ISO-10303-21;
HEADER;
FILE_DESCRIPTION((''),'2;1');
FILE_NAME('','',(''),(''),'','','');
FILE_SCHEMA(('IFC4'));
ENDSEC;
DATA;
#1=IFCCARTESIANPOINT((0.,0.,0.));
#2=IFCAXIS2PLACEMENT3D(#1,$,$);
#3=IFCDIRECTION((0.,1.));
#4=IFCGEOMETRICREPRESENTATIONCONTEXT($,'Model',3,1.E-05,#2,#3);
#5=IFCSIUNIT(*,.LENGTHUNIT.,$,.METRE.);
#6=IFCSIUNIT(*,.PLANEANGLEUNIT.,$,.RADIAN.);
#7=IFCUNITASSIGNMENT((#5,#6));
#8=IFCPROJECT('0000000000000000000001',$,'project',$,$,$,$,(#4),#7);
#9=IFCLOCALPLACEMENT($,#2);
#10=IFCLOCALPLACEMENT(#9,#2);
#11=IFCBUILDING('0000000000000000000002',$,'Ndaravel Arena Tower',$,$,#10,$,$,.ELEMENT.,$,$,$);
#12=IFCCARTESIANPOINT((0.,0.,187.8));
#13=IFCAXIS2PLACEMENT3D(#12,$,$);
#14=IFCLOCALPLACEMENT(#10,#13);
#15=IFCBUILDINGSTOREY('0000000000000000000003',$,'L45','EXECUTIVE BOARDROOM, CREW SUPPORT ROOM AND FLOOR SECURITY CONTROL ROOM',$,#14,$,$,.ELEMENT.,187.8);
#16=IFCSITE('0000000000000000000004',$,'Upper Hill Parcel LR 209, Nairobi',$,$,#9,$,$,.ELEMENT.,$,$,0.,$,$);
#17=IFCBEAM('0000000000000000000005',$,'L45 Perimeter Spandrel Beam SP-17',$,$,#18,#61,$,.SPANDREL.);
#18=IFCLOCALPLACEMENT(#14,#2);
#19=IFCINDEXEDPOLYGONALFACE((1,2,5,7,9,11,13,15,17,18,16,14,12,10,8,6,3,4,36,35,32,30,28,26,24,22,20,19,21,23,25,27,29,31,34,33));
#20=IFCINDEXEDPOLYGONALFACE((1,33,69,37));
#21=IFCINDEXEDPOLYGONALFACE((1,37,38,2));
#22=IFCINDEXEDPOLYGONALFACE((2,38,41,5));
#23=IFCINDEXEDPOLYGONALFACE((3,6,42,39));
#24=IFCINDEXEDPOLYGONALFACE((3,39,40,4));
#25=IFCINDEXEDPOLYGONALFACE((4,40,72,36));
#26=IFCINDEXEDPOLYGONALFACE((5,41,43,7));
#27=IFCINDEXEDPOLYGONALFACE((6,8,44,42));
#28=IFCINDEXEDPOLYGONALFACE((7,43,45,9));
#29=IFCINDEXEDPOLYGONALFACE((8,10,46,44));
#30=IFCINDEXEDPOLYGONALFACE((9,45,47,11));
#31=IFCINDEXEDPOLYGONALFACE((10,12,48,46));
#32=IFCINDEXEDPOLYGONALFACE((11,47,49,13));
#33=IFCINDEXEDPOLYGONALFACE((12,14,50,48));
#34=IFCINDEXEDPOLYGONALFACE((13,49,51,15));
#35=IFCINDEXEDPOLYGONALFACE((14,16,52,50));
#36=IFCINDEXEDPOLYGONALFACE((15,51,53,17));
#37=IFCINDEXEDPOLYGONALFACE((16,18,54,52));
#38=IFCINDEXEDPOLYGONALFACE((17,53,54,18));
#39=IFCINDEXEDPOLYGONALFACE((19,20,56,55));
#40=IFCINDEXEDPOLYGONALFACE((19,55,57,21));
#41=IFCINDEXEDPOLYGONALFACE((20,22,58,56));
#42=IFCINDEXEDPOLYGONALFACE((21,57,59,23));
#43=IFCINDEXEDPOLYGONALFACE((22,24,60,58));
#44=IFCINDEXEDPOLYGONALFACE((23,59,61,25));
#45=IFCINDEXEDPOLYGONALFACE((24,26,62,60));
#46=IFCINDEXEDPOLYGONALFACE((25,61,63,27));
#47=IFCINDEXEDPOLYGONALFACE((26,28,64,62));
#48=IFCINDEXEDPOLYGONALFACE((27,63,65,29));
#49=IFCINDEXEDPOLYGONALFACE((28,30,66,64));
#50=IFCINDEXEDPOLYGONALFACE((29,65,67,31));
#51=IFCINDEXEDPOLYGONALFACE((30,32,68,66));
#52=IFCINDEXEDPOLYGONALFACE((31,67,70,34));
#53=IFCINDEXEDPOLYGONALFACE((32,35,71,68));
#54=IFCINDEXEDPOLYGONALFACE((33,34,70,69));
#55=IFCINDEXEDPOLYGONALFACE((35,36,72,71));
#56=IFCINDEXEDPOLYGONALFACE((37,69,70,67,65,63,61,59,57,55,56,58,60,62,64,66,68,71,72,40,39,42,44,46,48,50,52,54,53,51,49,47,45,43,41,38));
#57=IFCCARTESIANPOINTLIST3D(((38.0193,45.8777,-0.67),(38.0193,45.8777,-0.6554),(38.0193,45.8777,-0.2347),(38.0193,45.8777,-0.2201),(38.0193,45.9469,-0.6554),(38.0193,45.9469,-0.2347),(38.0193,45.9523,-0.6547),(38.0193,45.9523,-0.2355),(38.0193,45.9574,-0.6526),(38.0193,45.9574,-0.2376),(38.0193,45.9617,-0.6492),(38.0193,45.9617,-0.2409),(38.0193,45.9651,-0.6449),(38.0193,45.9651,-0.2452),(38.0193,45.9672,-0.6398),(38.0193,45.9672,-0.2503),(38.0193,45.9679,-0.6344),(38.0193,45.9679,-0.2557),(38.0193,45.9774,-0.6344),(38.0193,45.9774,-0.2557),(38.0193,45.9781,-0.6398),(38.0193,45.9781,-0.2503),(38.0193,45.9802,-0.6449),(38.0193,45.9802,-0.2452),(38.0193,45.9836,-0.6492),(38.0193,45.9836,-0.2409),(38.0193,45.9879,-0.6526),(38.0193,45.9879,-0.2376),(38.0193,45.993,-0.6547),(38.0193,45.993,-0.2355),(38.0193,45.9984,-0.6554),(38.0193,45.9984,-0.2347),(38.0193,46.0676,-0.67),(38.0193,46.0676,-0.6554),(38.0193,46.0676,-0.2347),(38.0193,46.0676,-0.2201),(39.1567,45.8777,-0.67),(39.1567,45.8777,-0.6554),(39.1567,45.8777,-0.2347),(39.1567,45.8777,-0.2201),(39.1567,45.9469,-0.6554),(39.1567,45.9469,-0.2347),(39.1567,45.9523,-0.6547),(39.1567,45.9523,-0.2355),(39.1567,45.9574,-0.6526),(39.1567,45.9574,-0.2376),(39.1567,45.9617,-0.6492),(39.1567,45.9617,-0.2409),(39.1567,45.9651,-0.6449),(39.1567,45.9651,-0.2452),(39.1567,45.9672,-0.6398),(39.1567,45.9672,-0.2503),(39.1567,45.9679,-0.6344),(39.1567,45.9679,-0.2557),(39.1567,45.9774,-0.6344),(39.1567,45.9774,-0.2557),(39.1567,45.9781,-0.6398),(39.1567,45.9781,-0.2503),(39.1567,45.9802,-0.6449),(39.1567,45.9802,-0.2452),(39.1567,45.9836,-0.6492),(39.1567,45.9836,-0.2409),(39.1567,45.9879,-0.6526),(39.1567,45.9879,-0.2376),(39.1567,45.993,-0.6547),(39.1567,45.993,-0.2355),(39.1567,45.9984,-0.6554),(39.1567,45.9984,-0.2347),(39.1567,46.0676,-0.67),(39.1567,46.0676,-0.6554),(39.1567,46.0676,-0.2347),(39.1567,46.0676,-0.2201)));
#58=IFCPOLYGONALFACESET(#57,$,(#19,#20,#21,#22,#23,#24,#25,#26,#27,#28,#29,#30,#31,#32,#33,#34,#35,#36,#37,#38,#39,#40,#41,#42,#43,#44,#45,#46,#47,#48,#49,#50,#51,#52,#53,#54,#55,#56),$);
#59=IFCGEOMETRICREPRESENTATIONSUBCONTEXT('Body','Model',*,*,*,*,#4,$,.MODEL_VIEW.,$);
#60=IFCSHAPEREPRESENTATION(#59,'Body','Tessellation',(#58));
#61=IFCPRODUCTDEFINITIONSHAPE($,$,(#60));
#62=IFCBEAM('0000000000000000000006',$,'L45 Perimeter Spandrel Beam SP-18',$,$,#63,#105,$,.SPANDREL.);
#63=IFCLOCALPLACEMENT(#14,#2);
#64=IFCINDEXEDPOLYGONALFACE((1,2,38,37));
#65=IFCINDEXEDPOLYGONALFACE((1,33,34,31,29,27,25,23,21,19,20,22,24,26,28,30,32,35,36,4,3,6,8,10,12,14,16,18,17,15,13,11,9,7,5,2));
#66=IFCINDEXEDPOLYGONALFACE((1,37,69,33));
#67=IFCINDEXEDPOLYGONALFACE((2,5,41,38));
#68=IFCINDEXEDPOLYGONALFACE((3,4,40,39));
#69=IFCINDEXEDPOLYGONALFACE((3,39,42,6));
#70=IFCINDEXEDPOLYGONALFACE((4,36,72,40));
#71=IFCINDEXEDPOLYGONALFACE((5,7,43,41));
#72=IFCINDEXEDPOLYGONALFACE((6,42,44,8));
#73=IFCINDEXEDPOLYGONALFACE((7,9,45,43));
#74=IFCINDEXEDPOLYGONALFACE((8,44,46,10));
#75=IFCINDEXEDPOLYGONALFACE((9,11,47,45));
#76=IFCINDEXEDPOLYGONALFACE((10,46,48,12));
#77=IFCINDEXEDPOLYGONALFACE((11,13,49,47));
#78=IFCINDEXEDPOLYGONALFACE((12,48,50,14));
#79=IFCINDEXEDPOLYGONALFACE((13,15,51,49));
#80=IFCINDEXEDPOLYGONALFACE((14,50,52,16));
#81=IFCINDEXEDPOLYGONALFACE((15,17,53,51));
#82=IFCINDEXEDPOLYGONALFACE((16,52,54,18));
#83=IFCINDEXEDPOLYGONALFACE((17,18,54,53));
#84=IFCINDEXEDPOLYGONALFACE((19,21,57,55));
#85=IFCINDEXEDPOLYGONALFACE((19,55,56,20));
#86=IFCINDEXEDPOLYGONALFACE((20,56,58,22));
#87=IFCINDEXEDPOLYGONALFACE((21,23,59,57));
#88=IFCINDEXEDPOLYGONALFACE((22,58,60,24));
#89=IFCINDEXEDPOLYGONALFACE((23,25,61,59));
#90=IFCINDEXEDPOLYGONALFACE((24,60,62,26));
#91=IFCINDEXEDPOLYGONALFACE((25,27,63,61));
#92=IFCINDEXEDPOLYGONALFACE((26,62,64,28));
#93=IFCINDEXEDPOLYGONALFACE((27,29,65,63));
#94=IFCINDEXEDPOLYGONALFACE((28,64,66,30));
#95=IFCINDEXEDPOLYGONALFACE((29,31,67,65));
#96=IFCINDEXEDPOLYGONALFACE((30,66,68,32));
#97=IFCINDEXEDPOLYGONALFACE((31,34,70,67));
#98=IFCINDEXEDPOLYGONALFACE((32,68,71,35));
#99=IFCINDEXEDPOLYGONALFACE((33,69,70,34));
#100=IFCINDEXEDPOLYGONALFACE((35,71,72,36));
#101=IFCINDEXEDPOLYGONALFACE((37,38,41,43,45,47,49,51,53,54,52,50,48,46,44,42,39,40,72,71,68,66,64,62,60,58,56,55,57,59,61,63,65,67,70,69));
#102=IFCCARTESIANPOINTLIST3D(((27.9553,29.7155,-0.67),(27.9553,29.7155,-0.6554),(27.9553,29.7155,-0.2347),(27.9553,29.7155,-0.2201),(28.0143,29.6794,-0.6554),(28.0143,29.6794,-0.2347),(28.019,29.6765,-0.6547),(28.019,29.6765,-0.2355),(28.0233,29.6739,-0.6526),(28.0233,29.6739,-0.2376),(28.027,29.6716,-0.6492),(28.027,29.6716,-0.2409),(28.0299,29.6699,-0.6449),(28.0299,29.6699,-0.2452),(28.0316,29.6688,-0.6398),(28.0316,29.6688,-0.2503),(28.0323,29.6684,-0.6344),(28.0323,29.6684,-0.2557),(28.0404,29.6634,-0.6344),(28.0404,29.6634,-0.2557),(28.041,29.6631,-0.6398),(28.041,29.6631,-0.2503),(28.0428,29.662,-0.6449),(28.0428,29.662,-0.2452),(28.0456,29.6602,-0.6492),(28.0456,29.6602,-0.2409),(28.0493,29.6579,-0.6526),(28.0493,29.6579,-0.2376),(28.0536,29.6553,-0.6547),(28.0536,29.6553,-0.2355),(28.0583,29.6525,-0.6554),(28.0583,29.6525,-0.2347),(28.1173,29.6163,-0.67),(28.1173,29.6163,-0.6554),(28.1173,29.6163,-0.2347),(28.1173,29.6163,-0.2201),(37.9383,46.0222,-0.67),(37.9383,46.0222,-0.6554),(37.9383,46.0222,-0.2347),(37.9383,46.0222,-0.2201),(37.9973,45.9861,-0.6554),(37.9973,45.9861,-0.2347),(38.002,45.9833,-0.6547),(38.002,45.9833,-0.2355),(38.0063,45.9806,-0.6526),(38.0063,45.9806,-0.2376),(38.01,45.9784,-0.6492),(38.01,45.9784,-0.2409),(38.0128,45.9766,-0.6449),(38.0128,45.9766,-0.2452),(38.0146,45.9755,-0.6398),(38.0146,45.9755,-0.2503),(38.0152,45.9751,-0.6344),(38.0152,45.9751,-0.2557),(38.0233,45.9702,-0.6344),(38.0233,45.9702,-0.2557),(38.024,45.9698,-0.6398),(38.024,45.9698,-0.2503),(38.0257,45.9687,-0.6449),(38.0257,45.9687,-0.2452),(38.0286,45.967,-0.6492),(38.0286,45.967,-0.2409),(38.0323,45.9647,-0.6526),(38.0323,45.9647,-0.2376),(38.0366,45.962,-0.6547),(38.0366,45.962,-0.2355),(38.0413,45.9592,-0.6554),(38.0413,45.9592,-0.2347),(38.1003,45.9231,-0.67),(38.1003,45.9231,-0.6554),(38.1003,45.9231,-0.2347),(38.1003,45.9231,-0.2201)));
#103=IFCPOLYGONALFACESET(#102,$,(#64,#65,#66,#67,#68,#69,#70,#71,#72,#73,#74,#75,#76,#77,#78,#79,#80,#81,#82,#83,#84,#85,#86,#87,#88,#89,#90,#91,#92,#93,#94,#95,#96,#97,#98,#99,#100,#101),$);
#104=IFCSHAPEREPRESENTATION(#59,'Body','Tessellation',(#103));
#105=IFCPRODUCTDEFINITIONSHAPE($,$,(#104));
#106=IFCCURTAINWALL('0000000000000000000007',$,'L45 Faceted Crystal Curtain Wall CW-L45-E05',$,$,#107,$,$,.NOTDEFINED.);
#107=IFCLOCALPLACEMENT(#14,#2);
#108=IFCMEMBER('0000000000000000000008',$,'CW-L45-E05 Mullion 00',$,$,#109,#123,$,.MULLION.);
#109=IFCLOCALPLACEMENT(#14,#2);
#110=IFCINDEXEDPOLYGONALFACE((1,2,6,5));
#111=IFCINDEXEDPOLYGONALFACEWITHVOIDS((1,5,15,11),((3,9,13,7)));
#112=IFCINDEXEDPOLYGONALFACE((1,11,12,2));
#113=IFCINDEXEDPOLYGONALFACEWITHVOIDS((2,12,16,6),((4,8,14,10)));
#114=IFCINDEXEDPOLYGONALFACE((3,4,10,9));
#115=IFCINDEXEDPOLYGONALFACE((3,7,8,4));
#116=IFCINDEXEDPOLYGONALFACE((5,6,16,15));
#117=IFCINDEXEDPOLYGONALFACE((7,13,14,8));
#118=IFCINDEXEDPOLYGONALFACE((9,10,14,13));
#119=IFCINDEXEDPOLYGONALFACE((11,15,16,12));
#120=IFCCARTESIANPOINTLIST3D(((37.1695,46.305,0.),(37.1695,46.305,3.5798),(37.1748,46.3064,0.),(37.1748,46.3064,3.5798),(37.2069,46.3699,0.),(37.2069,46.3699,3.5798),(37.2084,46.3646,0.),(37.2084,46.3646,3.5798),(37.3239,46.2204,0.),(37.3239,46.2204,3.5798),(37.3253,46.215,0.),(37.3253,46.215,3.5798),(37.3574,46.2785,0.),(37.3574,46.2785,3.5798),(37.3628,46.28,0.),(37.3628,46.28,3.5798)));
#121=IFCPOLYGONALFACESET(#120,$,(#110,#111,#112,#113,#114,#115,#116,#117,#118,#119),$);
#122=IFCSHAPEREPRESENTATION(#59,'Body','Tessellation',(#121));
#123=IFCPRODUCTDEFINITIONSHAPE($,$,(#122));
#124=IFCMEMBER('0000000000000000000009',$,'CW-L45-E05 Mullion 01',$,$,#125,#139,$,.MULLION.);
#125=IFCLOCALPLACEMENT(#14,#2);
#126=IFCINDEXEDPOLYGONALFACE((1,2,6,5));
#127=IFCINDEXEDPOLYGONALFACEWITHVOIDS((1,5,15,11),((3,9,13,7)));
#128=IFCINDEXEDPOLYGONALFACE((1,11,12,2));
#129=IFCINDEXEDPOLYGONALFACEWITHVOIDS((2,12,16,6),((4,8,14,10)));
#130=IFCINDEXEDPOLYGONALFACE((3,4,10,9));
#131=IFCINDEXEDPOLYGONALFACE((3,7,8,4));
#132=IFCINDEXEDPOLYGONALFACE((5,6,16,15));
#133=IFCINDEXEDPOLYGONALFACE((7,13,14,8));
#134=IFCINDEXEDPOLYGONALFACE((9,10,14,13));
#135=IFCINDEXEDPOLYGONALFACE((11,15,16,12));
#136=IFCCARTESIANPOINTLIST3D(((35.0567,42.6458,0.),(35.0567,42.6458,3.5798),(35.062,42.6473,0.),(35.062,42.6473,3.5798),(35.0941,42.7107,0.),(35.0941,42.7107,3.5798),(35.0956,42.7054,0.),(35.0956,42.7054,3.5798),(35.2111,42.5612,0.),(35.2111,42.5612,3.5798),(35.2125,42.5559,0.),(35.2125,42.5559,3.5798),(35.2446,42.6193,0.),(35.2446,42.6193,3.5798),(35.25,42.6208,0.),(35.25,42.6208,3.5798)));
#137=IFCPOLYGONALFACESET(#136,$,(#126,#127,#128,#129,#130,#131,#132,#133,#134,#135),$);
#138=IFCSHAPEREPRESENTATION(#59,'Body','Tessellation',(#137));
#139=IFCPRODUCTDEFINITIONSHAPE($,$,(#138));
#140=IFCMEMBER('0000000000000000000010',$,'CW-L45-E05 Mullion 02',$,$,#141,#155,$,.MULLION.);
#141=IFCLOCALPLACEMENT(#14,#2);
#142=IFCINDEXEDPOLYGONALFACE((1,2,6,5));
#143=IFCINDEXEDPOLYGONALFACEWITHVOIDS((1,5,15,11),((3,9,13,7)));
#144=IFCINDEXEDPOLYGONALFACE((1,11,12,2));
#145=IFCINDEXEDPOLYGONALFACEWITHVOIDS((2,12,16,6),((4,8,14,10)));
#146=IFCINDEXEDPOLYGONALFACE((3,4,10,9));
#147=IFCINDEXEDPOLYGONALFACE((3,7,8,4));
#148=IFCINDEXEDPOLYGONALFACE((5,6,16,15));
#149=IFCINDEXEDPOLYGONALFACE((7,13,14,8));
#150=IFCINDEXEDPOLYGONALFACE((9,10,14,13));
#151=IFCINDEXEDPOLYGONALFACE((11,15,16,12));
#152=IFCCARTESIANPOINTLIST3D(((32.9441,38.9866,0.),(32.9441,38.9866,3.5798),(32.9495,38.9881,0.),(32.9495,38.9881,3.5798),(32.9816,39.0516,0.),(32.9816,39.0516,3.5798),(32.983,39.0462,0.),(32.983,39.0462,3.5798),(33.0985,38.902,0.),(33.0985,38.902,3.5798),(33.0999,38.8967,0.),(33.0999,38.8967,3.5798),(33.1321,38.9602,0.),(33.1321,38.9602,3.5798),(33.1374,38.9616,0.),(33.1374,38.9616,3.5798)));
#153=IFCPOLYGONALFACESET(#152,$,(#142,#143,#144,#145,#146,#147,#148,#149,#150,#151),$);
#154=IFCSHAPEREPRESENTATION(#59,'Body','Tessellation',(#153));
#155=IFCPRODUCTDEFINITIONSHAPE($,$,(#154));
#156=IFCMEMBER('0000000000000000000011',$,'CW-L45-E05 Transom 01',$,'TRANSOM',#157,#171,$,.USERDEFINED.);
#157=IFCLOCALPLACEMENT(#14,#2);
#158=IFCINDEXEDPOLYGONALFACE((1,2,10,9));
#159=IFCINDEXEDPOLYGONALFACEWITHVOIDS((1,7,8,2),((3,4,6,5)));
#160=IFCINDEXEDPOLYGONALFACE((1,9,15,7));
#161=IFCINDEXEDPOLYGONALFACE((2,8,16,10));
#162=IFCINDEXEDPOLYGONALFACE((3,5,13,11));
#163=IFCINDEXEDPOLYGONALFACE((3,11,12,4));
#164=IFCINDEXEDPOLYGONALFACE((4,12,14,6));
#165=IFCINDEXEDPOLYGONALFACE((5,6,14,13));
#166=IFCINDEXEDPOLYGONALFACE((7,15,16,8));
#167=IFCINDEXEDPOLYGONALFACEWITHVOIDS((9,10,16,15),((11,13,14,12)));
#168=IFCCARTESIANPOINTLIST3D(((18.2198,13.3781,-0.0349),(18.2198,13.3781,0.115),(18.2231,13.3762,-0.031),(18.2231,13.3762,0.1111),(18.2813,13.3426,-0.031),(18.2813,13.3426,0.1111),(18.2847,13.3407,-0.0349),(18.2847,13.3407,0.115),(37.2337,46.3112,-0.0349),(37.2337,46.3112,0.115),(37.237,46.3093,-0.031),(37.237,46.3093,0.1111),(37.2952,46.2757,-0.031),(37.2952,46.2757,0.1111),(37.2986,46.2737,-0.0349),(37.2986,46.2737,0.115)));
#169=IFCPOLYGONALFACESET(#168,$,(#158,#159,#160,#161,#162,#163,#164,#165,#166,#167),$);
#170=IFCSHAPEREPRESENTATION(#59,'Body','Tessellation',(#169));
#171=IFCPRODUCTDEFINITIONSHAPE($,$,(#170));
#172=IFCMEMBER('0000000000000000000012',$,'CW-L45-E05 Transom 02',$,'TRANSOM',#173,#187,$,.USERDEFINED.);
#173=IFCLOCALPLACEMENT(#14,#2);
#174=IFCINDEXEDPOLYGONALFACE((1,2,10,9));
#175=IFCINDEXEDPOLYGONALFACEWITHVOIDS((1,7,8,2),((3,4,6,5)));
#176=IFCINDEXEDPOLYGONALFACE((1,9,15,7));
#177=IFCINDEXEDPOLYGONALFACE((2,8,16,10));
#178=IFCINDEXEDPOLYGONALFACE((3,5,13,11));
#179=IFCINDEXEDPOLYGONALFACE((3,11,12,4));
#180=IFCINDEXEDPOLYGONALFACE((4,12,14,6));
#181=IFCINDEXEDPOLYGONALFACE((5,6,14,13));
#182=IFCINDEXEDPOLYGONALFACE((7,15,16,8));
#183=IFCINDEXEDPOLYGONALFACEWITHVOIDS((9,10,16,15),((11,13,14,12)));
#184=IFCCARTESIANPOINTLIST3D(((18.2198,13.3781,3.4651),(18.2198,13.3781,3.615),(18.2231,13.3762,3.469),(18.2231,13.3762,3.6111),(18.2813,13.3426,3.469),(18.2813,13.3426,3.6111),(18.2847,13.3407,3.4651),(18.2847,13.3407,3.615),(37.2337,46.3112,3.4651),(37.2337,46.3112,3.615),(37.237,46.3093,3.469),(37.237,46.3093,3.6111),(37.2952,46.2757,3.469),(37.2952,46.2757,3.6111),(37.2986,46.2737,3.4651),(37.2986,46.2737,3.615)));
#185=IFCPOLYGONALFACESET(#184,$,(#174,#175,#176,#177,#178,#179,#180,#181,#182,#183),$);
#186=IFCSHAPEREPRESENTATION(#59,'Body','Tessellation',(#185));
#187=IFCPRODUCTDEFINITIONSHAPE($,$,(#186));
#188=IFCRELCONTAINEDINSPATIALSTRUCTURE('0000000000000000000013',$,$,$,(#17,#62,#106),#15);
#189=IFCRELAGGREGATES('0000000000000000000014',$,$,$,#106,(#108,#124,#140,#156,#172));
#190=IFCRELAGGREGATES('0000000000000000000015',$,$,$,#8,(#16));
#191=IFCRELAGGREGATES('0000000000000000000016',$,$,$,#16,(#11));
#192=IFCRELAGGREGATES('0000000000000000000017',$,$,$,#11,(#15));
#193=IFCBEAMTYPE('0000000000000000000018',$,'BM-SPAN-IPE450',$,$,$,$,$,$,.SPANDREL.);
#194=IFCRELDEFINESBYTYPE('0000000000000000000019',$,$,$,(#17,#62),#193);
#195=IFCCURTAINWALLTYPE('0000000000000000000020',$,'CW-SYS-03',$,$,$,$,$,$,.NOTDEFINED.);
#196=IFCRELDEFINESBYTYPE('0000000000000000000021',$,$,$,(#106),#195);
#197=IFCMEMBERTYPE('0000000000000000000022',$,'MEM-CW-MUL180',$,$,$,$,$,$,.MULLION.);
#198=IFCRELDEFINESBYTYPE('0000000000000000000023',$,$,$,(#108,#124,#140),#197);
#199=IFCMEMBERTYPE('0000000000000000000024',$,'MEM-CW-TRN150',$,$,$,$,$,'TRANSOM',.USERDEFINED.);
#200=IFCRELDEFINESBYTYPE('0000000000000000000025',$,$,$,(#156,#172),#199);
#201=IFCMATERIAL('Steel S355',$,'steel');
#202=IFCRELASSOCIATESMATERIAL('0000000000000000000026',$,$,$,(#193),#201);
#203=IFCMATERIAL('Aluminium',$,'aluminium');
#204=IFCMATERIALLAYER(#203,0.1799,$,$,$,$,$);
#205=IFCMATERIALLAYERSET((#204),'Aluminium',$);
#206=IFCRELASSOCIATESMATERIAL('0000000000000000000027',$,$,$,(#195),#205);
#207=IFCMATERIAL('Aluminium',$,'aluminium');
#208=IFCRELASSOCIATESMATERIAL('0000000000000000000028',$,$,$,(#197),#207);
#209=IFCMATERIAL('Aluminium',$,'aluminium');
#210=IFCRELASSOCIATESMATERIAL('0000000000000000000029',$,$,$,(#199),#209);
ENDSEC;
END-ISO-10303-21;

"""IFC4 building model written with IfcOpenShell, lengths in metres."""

from ifc_helpers import new_model, si_unit, direction, frame, origin, origin_2d, place, context, subcontext, project, spatial, hollow_rectangle, i_section, extrude, material, layer, layer_set, material_profile, profile_set, type_object, element, aggregate, save


model = new_model("IFC4")

# Units and contexts
model_context = context("Model", 3, precision=1e-05, world=origin(), true_north=direction((0.0, 1.0)))
body_context = subcontext(model_context, "Body", "Model", "MODEL_VIEW")
ifc_project = project(units=[si_unit("LENGTHUNIT", "METRE"), si_unit("PLANEANGLEUNIT", "RADIAN")], contexts=[model_context])

# Site, building, storey
site_placement = place(None, origin())
site = spatial("IfcSite", under=ifc_project, at=site_placement, Name="Upper Hill Parcel LR 209, Nairobi", CompositionType="ELEMENT", RefElevation=0.0)
building_placement = place(site_placement, origin())
building = spatial("IfcBuilding", under=site, at=building_placement, Name="Ndaravel Arena Tower", CompositionType="ELEMENT")
storey_placement = place(building_placement, frame((0.0, 0.0, 187.8)))
storey = spatial("IfcBuildingStorey", under=building, at=storey_placement, Name="L45", Description="EXECUTIVE BOARDROOM, CREW SUPPORT ROOM AND FLOOR SECURITY CONTROL ROOM", CompositionType="ELEMENT", Elevation=187.8)

# Beams
ifc_material_1 = material(Name="Steel S355", Category="steel")
ifc_material_profile_1 = material_profile(ifc_material_1, i_section(OverallWidth=0.1899, OverallDepth=0.45, WebThickness=0.0095, FlangeThickness=0.0146, FilletRadius=0.021, at=origin_2d()), Name="IPE 450")
ifc_profile_set_1 = profile_set([ifc_material_profile_1], Name="Steel S355")
beam_type_1 = type_object("IfcBeamType", Name="BM-SPAN-IPE450", PredefinedType="SPANDREL", material=ifc_profile_set_1)
beam_1_placement = place(storey_placement, frame((39.1567, 45.9727, -0.4451), z_axis=(-1.0, 0.0, 0.0), x_axis=(0.0, -1.0, 0.0)))
element("IfcBeam", 1, at=beam_1_placement, inside=storey, type_object=beam_type_1, Name="L45 Perimeter Spandrel Beam SP-17", PredefinedType="SPANDREL", context=body_context, shape_type="SweptSolid", body=[
    extrude(i_section(OverallWidth=0.1899, OverallDepth=0.45, WebThickness=0.0095, FlangeThickness=0.0146, FilletRadius=0.021, at=origin_2d()), origin(), (0.0, 0.0, 1.0), 1.1375),
])
beam_2_placement = place(storey_placement, frame((38.0193, 45.9727, -0.4451), z_axis=(-0.522125, -0.852869, 0.0), x_axis=(0.852869, -0.522125, 0.0)))
element("IfcBeam", 2, at=beam_2_placement, inside=storey, type_object=beam_type_1, Name="L45 Perimeter Spandrel Beam SP-18", PredefinedType="SPANDREL", context=body_context, shape_type="SweptSolid", body=[
    extrude(i_section(OverallWidth=0.1899, OverallDepth=0.45, WebThickness=0.0095, FlangeThickness=0.0146, FilletRadius=0.021, at=origin_2d()), origin(), (0.0, 0.0, 1.0), 19.1199),
])

# Curtain wall, members
ifc_material_2 = material(Name="Aluminium", Category="aluminium")
ifc_layer_1 = layer(ifc_material_2, 0.1799)
ifc_layer_set_1 = layer_set([ifc_layer_1], Name="Aluminium")
curtain_wall_type_1 = type_object("IfcCurtainWallType", Name="CW-SYS-03", PredefinedType="NOTDEFINED", material=ifc_layer_set_1)
curtain_wall_1_placement = place(storey_placement, origin())
curtain_wall_1 = element("IfcCurtainWall", 3, at=curtain_wall_1_placement, inside=storey, type_object=curtain_wall_type_1, Name="L45 Faceted Crystal Curtain Wall CW-L45-E05", PredefinedType="NOTDEFINED")
ifc_material_3 = material(Name="Aluminium", Category="aluminium")
ifc_material_profile_2 = material_profile(ifc_material_3, hollow_rectangle(XDim=0.075, YDim=0.1799, WallThickness=0.0039, at=origin_2d()), Name="CW MULLION 75x180x4")
ifc_profile_set_2 = profile_set([ifc_material_profile_2], Name="Aluminium")
member_type_1 = type_object("IfcMemberType", Name="MEM-CW-MUL180", PredefinedType="MULLION", material=ifc_profile_set_2)
member_1_placement = place(storey_placement, frame((37.2661, 46.2925, 0.0), z_axis=(0.0, 0.0, 1.0), x_axis=(-0.5, -0.866025, 0.0)))
member_1 = element("IfcMember", 4, at=member_1_placement, type_object=member_type_1, Name="CW-L45-E05 Mullion 00", PredefinedType="MULLION", context=body_context, shape_type="SweptSolid", body=[
    extrude(hollow_rectangle(XDim=0.075, YDim=0.1799, WallThickness=0.0039, at=origin_2d()), origin(), (0.0, 0.0, 1.0), 3.5798),
])
member_2_placement = place(storey_placement, frame((35.1533, 42.6333, 0.0), z_axis=(0.0, 0.0, 1.0), x_axis=(-0.5, -0.866025, 0.0)))
member_2 = element("IfcMember", 5, at=member_2_placement, type_object=member_type_1, Name="CW-L45-E05 Mullion 01", PredefinedType="MULLION", context=body_context, shape_type="SweptSolid", body=[
    extrude(hollow_rectangle(XDim=0.075, YDim=0.1799, WallThickness=0.0039, at=origin_2d()), origin(), (0.0, 0.0, 1.0), 3.5798),
])
member_3_placement = place(storey_placement, frame((33.0408, 38.9741, 0.0), z_axis=(0.0, 0.0, 1.0), x_axis=(-0.5, -0.866025, 0.0)))
member_3 = element("IfcMember", 6, at=member_3_placement, type_object=member_type_1, Name="CW-L45-E05 Mullion 02", PredefinedType="MULLION", context=body_context, shape_type="SweptSolid", body=[
    extrude(hollow_rectangle(XDim=0.075, YDim=0.1799, WallThickness=0.0039, at=origin_2d()), origin(), (0.0, 0.0, 1.0), 3.5798),
])
ifc_material_4 = material(Name="Aluminium", Category="aluminium")
ifc_material_profile_3 = material_profile(ifc_material_4, hollow_rectangle(XDim=0.075, YDim=0.1499, WallThickness=0.0039, at=origin_2d()), Name="CW TRANSOM 75x150x4")
ifc_profile_set_3 = profile_set([ifc_material_profile_3], Name="Aluminium")
member_type_2 = type_object("IfcMemberType", Name="MEM-CW-TRN150", ElementType="TRANSOM", PredefinedType="USERDEFINED", material=ifc_profile_set_3)
member_4_placement = place(storey_placement, frame((37.2661, 46.2925, 0.04), z_axis=(-0.5, -0.866026, 0.0), x_axis=(0.866026, -0.5, 0.0)))
member_4 = element("IfcMember", 7, at=member_4_placement, type_object=member_type_2, Name="CW-L45-E05 Transom 01", ObjectType="TRANSOM", PredefinedType="USERDEFINED", context=body_context, shape_type="SweptSolid", body=[
    extrude(hollow_rectangle(XDim=0.075, YDim=0.1499, WallThickness=0.0039, at=origin_2d()), origin(), (0.0, 0.0, 1.0), 38.0278),
])
member_5_placement = place(storey_placement, frame((37.2661, 46.2925, 3.54), z_axis=(-0.5, -0.866026, 0.0), x_axis=(0.866026, -0.5, 0.0)))
member_5 = element("IfcMember", 8, at=member_5_placement, type_object=member_type_2, Name="CW-L45-E05 Transom 02", ObjectType="TRANSOM", PredefinedType="USERDEFINED", context=body_context, shape_type="SweptSolid", body=[
    extrude(hollow_rectangle(XDim=0.075, YDim=0.1499, WallThickness=0.0039, at=origin_2d()), origin(), (0.0, 0.0, 1.0), 38.0278),
])

aggregate(curtain_wall_1, [member_1, member_2, member_3, member_4, member_5])

save(model, "model.ifc")
